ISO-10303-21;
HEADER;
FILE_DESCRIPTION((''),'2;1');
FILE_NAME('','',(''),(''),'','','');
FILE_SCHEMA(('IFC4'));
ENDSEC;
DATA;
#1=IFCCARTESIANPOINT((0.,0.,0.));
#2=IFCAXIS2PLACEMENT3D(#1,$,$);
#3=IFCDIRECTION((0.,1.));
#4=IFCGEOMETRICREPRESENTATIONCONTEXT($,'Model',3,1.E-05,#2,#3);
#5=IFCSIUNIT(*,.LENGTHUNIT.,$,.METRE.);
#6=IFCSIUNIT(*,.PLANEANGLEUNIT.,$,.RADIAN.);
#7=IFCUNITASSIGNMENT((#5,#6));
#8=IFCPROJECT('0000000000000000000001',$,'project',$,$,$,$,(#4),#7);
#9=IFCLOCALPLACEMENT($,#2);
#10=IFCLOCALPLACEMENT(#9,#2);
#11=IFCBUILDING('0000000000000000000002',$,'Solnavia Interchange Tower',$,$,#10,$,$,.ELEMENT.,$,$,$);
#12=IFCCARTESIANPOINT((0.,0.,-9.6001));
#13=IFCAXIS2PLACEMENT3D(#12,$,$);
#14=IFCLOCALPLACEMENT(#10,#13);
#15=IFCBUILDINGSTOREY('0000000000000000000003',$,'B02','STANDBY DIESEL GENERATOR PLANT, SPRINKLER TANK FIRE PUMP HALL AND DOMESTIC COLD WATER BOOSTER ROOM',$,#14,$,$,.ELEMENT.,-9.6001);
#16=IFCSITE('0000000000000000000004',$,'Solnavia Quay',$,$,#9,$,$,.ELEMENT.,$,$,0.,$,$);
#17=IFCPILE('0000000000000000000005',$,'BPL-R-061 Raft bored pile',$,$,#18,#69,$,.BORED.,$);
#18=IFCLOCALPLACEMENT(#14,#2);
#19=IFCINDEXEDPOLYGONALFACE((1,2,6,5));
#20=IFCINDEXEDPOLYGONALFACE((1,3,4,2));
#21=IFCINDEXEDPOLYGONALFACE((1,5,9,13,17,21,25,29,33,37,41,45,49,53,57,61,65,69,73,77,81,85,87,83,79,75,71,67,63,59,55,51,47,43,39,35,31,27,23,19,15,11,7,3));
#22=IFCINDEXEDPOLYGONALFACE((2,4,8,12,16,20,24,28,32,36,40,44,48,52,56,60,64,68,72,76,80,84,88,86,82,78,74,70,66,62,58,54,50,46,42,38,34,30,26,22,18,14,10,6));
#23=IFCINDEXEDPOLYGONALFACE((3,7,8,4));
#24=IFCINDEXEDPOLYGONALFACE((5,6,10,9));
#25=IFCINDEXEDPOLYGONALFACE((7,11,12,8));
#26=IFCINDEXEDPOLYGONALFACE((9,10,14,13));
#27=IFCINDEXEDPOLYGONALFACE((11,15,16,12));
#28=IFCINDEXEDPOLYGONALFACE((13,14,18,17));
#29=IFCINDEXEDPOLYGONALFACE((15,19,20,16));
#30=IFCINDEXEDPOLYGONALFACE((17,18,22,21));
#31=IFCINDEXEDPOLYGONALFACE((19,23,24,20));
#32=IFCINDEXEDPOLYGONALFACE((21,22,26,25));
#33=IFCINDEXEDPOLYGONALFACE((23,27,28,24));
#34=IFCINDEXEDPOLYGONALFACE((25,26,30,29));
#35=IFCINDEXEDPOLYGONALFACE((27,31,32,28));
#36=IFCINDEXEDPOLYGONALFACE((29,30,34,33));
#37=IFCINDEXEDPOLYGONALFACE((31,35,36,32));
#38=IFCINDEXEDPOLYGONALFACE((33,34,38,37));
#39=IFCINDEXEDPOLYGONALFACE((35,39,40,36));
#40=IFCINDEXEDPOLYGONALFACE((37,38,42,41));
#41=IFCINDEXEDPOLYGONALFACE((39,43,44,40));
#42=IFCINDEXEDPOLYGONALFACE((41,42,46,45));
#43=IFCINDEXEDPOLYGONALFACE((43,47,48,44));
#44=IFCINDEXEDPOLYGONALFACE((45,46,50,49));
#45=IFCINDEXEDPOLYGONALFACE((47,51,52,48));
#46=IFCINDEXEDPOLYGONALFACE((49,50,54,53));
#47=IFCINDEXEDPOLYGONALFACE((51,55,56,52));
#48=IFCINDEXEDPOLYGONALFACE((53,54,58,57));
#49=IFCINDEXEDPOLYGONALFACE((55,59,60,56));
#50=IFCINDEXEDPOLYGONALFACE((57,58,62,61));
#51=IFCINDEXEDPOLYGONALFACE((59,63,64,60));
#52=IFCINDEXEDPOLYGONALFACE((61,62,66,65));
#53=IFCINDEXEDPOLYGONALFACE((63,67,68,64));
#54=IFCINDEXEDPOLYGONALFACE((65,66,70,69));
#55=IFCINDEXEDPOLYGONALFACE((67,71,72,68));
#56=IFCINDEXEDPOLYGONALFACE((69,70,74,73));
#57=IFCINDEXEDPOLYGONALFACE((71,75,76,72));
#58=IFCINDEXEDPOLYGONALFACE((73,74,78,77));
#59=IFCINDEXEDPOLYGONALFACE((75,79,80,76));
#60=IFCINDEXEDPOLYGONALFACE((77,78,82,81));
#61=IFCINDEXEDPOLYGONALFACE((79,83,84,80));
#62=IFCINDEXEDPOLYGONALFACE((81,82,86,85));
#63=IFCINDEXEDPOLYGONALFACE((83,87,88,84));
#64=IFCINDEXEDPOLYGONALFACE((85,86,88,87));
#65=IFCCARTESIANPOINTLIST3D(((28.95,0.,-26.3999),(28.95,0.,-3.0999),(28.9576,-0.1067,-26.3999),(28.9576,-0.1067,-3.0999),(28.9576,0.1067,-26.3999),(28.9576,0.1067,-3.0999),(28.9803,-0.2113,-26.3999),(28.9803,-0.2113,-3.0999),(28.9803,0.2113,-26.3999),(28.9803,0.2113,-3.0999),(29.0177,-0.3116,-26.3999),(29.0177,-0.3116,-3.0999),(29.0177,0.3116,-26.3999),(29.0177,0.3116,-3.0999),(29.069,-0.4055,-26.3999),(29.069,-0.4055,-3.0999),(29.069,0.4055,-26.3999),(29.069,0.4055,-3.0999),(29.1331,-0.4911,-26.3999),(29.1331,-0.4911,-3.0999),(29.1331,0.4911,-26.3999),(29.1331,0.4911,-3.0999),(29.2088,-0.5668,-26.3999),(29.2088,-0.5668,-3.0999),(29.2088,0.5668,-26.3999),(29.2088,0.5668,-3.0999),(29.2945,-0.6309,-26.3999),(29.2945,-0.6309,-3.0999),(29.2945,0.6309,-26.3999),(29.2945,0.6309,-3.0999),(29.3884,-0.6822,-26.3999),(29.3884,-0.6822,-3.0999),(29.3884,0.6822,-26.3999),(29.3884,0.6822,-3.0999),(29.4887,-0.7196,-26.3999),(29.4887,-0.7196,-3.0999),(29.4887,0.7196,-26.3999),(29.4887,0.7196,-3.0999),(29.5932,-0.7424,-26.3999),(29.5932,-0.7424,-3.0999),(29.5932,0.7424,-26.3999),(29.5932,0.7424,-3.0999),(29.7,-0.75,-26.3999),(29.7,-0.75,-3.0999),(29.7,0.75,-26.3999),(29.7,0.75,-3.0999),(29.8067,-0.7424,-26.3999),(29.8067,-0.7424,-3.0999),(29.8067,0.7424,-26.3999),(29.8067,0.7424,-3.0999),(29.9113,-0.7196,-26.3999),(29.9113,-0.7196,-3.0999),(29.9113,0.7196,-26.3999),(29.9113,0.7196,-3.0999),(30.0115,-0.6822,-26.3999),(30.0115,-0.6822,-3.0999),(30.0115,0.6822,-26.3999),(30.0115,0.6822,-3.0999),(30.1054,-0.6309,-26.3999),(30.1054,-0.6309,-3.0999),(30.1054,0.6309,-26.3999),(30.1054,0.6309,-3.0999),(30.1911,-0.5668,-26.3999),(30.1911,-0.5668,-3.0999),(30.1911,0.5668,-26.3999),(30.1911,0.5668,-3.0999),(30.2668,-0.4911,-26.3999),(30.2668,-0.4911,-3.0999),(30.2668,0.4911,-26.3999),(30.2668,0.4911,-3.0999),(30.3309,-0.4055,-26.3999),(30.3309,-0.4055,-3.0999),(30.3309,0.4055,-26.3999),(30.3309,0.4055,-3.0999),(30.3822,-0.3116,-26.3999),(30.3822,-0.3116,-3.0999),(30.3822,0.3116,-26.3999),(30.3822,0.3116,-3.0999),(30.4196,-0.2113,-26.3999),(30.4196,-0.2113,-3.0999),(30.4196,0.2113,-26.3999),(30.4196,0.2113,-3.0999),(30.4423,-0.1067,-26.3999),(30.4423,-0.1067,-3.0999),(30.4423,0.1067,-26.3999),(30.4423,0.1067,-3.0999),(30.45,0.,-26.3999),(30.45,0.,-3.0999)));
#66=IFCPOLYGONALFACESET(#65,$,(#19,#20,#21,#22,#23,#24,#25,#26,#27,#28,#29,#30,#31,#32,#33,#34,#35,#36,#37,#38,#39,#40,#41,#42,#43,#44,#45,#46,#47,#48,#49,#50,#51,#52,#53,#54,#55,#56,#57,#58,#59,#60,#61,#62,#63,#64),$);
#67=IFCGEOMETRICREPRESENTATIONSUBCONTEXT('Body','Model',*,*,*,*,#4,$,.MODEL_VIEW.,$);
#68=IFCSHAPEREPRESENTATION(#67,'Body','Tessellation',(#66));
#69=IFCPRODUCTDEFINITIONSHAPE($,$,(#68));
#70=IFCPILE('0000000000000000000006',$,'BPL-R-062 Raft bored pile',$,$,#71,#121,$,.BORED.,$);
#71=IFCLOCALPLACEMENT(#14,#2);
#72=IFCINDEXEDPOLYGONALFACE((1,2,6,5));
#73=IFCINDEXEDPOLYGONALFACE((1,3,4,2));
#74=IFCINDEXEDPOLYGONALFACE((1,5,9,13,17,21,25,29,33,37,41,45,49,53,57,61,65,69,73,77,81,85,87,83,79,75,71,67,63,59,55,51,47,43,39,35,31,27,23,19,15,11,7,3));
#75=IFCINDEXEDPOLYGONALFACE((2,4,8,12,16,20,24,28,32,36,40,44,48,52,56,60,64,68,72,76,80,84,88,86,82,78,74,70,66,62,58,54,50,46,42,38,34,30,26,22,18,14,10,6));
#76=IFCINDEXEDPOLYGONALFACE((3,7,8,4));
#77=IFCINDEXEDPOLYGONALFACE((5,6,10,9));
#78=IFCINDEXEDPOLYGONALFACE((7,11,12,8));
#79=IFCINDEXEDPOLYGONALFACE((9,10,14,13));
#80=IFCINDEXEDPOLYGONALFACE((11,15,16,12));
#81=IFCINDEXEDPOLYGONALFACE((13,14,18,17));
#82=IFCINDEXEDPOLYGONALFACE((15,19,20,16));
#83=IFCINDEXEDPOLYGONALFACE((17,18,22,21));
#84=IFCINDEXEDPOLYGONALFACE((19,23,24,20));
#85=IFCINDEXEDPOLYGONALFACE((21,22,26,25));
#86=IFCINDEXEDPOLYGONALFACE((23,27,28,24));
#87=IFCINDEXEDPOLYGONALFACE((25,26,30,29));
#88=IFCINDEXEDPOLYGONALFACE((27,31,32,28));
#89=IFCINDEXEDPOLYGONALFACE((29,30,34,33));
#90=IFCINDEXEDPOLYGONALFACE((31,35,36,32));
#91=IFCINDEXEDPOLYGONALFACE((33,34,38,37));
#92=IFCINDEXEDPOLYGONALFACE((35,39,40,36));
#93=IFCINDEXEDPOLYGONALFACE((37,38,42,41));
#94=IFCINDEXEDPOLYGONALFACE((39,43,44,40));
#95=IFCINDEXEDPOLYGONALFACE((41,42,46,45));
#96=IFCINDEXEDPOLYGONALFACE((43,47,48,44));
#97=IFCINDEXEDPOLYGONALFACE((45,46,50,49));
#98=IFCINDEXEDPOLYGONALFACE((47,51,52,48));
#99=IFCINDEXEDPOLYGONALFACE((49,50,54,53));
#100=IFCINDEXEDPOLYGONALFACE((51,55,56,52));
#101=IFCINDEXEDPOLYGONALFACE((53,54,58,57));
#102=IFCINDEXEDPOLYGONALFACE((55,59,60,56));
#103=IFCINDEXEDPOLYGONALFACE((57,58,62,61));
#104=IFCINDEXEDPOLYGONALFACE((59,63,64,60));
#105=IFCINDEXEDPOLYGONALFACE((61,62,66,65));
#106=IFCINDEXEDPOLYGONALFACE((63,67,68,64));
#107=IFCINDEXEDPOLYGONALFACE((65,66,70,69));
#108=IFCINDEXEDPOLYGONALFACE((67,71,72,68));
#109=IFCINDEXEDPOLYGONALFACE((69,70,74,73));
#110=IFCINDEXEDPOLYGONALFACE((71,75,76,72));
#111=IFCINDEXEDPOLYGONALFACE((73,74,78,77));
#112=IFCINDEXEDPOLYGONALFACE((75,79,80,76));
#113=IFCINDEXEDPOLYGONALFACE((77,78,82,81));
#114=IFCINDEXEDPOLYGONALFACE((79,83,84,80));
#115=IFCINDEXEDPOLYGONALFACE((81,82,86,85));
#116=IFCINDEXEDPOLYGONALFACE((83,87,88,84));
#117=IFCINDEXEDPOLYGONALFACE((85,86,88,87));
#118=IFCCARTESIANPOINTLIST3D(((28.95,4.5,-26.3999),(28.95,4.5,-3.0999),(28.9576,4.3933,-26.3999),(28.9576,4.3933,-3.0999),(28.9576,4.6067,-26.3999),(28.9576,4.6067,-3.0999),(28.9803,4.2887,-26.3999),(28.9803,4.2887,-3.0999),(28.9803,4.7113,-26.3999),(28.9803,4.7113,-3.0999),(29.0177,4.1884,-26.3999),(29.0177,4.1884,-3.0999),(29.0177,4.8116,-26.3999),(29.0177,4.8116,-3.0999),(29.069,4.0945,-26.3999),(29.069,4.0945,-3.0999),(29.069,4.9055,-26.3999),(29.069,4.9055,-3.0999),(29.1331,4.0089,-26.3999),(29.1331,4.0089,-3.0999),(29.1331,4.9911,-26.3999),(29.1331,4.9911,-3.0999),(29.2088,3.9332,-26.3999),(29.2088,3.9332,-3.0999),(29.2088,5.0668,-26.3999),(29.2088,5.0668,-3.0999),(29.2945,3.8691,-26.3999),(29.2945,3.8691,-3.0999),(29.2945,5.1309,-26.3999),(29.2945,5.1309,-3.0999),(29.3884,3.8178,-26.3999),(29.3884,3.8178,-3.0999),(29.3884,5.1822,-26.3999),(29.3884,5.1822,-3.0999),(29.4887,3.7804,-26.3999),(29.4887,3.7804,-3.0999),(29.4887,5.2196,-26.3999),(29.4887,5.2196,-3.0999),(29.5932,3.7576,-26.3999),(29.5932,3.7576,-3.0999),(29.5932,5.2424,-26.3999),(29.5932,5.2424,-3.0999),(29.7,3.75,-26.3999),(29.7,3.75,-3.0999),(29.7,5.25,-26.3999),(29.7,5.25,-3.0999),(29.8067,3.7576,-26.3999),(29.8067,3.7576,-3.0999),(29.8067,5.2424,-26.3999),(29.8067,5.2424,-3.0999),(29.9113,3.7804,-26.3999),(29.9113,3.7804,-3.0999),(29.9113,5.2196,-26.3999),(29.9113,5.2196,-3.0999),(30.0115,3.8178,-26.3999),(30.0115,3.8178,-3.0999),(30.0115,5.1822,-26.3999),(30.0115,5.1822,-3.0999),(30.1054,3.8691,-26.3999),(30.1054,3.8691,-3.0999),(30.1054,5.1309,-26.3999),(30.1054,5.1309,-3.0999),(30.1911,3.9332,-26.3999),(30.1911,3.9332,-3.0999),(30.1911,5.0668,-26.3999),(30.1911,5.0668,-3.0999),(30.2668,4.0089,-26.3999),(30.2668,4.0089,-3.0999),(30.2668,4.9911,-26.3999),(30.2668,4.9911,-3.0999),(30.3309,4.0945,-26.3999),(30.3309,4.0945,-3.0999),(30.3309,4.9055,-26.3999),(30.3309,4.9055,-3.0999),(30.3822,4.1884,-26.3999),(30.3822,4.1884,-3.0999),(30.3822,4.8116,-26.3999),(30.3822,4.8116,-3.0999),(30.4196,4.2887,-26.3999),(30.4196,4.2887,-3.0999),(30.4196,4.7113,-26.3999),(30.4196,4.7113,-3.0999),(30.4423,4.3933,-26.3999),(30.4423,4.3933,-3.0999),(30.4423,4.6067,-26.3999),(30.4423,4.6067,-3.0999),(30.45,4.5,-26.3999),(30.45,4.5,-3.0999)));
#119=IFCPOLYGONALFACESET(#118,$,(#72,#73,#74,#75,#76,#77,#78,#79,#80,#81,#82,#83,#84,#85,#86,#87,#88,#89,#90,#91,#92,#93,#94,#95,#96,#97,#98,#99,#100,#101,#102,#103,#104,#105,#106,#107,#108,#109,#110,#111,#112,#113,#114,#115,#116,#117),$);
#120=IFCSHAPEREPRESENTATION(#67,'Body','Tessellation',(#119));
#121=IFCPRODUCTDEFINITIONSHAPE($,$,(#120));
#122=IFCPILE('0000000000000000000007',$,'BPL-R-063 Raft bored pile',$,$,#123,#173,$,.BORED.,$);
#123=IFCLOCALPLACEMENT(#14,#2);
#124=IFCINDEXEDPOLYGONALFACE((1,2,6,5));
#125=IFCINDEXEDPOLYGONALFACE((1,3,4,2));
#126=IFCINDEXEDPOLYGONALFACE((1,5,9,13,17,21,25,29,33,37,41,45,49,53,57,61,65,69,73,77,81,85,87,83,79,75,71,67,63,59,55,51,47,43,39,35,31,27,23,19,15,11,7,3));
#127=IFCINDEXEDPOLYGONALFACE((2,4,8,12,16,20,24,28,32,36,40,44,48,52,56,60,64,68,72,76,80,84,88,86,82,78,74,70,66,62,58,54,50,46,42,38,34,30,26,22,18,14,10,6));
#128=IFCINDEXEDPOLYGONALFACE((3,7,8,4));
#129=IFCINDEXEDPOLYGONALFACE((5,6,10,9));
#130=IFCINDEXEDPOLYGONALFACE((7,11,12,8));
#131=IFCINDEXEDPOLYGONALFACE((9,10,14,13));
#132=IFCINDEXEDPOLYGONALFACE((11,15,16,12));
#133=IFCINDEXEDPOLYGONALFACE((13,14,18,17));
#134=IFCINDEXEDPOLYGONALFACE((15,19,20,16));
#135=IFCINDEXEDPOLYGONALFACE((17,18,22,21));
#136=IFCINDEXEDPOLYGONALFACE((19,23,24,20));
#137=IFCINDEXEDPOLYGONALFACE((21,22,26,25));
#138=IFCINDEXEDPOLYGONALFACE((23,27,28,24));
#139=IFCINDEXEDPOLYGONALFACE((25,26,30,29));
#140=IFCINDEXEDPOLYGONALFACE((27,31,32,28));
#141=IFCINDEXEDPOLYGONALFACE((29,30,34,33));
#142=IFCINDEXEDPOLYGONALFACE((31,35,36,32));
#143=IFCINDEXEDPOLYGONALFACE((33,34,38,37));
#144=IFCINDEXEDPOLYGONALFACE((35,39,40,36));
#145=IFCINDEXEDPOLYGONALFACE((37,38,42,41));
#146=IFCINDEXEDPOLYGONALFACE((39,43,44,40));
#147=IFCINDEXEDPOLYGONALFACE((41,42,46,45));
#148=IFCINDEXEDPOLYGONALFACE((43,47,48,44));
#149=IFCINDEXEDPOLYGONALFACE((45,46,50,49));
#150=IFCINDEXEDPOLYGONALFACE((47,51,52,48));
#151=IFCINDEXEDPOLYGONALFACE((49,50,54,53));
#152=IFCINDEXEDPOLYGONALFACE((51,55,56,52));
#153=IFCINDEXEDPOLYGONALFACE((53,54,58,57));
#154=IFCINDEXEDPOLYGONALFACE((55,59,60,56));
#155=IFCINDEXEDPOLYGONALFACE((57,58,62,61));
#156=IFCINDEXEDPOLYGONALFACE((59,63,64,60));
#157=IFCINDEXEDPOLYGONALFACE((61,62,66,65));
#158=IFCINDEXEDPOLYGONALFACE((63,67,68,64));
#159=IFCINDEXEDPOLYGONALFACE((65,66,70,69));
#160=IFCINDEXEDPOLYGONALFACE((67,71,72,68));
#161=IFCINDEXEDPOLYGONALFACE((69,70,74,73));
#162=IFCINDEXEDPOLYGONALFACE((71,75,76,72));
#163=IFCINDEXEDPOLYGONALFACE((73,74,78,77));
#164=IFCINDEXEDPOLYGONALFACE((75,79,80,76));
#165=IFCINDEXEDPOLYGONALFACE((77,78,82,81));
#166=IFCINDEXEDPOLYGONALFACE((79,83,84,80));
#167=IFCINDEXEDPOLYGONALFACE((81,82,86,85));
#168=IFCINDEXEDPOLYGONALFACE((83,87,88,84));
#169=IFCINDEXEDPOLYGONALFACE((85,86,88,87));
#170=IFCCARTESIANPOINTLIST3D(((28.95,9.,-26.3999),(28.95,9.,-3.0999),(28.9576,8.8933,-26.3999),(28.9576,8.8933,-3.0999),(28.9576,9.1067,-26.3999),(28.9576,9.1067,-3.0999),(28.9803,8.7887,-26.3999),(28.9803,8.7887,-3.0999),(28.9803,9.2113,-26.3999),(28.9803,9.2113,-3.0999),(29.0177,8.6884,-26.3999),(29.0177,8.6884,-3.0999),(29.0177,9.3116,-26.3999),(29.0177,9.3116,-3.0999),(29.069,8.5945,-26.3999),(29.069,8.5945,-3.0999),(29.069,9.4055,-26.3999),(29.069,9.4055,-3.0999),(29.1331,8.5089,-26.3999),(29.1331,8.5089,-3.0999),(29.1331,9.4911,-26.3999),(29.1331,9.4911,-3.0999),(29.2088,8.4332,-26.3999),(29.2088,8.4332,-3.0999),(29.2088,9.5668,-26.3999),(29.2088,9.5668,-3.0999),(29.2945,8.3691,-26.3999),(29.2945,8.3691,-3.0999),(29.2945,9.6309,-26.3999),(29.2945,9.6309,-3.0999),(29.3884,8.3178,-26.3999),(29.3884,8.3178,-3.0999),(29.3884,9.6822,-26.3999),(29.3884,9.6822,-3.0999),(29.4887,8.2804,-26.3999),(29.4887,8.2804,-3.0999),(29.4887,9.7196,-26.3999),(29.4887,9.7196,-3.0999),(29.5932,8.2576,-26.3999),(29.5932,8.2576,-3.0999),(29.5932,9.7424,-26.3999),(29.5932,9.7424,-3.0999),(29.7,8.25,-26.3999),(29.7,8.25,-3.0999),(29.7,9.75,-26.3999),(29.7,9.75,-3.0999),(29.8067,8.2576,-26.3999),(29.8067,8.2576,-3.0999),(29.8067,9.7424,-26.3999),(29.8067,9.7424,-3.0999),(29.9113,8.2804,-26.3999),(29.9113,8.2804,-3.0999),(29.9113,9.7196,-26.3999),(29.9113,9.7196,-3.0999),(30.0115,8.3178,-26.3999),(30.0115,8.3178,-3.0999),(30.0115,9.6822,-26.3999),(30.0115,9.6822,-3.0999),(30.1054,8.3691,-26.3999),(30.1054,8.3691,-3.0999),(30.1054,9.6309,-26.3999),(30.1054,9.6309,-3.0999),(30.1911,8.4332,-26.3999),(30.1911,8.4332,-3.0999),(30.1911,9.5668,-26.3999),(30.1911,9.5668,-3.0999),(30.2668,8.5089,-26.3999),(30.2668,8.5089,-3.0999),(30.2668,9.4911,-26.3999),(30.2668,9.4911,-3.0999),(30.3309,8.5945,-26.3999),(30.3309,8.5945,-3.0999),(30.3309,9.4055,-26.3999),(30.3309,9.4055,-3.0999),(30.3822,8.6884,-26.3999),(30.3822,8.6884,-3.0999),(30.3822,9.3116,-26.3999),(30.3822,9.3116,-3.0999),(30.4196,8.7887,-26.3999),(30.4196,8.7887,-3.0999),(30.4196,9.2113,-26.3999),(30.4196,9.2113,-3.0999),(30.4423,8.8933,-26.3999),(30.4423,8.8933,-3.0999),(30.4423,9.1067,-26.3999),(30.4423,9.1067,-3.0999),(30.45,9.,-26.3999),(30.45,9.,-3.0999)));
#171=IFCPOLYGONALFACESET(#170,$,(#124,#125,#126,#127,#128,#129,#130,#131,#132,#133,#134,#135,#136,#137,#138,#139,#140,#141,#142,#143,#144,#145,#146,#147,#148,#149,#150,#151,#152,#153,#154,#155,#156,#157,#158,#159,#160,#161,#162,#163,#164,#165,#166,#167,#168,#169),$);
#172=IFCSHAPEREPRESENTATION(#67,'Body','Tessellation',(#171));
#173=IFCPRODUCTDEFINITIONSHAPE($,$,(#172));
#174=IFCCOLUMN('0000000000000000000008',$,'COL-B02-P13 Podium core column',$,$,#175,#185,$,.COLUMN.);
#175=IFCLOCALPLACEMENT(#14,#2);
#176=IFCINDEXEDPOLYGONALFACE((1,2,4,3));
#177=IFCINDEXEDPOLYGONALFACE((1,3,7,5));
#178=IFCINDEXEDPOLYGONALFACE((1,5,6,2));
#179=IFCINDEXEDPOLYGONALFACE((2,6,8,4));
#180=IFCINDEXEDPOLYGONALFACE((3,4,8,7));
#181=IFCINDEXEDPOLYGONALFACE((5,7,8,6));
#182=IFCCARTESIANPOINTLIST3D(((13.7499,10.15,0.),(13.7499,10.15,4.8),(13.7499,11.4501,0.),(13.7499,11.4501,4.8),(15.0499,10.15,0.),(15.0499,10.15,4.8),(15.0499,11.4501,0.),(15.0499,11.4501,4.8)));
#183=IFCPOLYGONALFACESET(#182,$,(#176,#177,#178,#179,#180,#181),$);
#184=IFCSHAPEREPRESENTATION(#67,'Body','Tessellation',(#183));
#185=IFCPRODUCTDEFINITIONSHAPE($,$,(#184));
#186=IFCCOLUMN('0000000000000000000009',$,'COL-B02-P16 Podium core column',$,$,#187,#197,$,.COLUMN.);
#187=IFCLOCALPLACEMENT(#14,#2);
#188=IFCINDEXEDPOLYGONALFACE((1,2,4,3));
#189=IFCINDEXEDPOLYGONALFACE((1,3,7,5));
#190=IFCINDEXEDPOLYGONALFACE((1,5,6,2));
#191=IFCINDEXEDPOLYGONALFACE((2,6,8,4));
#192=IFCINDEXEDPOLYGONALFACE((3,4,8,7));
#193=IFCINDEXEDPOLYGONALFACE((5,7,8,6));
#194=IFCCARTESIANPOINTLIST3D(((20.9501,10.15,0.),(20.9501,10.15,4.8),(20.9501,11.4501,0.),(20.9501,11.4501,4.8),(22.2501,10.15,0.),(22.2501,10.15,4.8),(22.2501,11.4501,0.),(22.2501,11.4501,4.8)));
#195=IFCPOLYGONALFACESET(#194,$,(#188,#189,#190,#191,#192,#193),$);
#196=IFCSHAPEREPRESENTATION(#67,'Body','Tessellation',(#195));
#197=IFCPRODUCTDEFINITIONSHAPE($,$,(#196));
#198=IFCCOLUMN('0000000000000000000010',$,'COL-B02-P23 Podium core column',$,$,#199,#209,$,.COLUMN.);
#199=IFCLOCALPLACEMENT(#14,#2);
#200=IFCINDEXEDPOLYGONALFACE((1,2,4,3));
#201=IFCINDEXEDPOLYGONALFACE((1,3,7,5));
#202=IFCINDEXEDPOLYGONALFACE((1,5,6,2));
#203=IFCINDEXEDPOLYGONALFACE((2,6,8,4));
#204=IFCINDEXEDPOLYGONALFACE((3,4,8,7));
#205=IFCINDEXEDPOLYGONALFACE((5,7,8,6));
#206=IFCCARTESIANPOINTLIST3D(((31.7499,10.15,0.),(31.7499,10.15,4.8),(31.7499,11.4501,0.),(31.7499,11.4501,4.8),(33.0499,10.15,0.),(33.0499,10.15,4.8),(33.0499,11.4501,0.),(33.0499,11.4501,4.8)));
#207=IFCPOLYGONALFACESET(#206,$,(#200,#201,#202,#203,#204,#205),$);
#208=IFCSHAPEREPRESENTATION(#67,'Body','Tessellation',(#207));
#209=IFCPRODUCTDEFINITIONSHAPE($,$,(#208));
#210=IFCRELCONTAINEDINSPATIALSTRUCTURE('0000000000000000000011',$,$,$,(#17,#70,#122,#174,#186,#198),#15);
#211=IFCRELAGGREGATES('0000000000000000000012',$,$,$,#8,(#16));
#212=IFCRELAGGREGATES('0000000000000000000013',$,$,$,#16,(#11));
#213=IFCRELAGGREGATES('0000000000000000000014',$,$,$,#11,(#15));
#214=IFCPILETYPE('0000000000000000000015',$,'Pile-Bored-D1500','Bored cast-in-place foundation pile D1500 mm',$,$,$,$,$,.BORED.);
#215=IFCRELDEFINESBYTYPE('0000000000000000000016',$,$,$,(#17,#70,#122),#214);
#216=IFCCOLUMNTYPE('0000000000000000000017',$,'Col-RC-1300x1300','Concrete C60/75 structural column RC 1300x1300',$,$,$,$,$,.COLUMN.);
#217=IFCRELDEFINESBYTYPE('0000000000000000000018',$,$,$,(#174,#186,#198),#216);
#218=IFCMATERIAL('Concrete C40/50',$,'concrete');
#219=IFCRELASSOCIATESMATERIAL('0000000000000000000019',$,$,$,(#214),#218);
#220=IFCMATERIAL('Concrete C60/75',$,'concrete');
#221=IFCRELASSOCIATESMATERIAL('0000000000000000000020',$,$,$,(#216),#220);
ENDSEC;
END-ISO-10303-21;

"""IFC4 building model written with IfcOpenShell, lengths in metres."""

from ifc_helpers import new_model, si_unit, direction, frame, origin, origin_2d, place, context, subcontext, project, spatial, rectangle, circle, extrude, material, material_profile, profile_set, type_object, element, save


model = new_model("IFC4")

# Units and contexts
model_context = context("Model", 3, precision=1e-05, world=origin(), true_north=direction((0.0, 1.0)))
body_context = subcontext(model_context, "Body", "Model", "MODEL_VIEW")
ifc_project = project(units=[si_unit("LENGTHUNIT", "METRE"), si_unit("PLANEANGLEUNIT", "RADIAN")], contexts=[model_context])

# Site, building, storey
site_placement = place(None, origin())
site = spatial("IfcSite", under=ifc_project, at=site_placement, Name="Solnavia Quay", CompositionType="ELEMENT", RefElevation=0.0)
building_placement = place(site_placement, origin())
building = spatial("IfcBuilding", under=site, at=building_placement, Name="Solnavia Interchange Tower", CompositionType="ELEMENT")
storey_placement = place(building_placement, frame((0.0, 0.0, -9.6001)))
storey = spatial("IfcBuildingStorey", under=building, at=storey_placement, Name="B02", Description="STANDBY DIESEL GENERATOR PLANT, SPRINKLER TANK FIRE PUMP HALL AND DOMESTIC COLD WATER BOOSTER ROOM", CompositionType="ELEMENT", Elevation=-9.6001)

# Shared definitions
ifc_material_1 = material(Name="Concrete C40/50", Category="concrete")

# Piles
ifc_material_profile_1 = material_profile(ifc_material_1, circle(Radius=0.75, at=origin_2d()), Name="PILE D1500")
ifc_profile_set_1 = profile_set([ifc_material_profile_1], Name="Concrete C40/50")
pile_type = type_object("IfcPileType", Name="Pile-Bored-D1500", Description="Bored cast-in-place foundation pile D1500 mm", PredefinedType="BORED", material=ifc_profile_set_1)
for number, where, z_axis, x_axis, name in (
    (1, (29.7, 0.0, -3.0999), (0.0, 0.0, -1.0), (1.0, 0.0, 0.0), "BPL-R-061 Raft bored pile"),
    (2, (29.7, 4.5, -3.0999), (0.0, 0.0, -1.0), (1.0, 0.0, 0.0), "BPL-R-062 Raft bored pile"),
    (3, (29.7, 9.0, -3.0999), (0.0, 0.0, -1.0), (1.0, 0.0, 0.0), "BPL-R-063 Raft bored pile"),
):
    element("IfcPile", number, at=place(storey_placement, frame(where, z_axis=z_axis, x_axis=x_axis)), inside=storey, type_object=pile_type, Name=name, PredefinedType="BORED", context=body_context, shape_type="SweptSolid", body=[
        extrude(circle(Radius=0.75, at=origin_2d()), origin(), (0.0, 0.0, 1.0), 23.3),
    ])

# Columns
ifc_material_2 = material(Name="Concrete C60/75", Category="concrete")
ifc_material_profile_2 = material_profile(ifc_material_2, rectangle(XDim=1.3, YDim=1.3, at=origin_2d()), Name="RC 1300x1300")
ifc_profile_set_2 = profile_set([ifc_material_profile_2], Name="Concrete C60/75")
column_type_1 = type_object("IfcColumnType", Name="Col-RC-1300x1300", Description="Concrete C60/75 structural column RC 1300x1300", PredefinedType="COLUMN", material=ifc_profile_set_2)
for number, where, z_axis, x_axis, name in (
    (4, (14.3999, 10.8, 0.0), (0.0, 0.0, 1.0), (1.0, 0.0, 0.0), "COL-B02-P13 Podium core column"),
    (5, (21.6001, 10.8, 0.0), (0.0, 0.0, 1.0), (1.0, 0.0, 0.0), "COL-B02-P16 Podium core column"),
    (6, (32.3999, 10.8, 0.0), (0.0, 0.0, 1.0), (1.0, 0.0, 0.0), "COL-B02-P23 Podium core column"),
):
    element("IfcColumn", number, at=place(storey_placement, frame(where, z_axis=z_axis, x_axis=x_axis)), inside=storey, type_object=column_type_1, Name=name, PredefinedType="COLUMN", context=body_context, shape_type="SweptSolid", body=[
        extrude(rectangle(XDim=1.3, YDim=1.3, at=origin_2d()), origin(), (0.0, 0.0, 1.0), 4.8),
    ])

save(model, "model.ifc")
